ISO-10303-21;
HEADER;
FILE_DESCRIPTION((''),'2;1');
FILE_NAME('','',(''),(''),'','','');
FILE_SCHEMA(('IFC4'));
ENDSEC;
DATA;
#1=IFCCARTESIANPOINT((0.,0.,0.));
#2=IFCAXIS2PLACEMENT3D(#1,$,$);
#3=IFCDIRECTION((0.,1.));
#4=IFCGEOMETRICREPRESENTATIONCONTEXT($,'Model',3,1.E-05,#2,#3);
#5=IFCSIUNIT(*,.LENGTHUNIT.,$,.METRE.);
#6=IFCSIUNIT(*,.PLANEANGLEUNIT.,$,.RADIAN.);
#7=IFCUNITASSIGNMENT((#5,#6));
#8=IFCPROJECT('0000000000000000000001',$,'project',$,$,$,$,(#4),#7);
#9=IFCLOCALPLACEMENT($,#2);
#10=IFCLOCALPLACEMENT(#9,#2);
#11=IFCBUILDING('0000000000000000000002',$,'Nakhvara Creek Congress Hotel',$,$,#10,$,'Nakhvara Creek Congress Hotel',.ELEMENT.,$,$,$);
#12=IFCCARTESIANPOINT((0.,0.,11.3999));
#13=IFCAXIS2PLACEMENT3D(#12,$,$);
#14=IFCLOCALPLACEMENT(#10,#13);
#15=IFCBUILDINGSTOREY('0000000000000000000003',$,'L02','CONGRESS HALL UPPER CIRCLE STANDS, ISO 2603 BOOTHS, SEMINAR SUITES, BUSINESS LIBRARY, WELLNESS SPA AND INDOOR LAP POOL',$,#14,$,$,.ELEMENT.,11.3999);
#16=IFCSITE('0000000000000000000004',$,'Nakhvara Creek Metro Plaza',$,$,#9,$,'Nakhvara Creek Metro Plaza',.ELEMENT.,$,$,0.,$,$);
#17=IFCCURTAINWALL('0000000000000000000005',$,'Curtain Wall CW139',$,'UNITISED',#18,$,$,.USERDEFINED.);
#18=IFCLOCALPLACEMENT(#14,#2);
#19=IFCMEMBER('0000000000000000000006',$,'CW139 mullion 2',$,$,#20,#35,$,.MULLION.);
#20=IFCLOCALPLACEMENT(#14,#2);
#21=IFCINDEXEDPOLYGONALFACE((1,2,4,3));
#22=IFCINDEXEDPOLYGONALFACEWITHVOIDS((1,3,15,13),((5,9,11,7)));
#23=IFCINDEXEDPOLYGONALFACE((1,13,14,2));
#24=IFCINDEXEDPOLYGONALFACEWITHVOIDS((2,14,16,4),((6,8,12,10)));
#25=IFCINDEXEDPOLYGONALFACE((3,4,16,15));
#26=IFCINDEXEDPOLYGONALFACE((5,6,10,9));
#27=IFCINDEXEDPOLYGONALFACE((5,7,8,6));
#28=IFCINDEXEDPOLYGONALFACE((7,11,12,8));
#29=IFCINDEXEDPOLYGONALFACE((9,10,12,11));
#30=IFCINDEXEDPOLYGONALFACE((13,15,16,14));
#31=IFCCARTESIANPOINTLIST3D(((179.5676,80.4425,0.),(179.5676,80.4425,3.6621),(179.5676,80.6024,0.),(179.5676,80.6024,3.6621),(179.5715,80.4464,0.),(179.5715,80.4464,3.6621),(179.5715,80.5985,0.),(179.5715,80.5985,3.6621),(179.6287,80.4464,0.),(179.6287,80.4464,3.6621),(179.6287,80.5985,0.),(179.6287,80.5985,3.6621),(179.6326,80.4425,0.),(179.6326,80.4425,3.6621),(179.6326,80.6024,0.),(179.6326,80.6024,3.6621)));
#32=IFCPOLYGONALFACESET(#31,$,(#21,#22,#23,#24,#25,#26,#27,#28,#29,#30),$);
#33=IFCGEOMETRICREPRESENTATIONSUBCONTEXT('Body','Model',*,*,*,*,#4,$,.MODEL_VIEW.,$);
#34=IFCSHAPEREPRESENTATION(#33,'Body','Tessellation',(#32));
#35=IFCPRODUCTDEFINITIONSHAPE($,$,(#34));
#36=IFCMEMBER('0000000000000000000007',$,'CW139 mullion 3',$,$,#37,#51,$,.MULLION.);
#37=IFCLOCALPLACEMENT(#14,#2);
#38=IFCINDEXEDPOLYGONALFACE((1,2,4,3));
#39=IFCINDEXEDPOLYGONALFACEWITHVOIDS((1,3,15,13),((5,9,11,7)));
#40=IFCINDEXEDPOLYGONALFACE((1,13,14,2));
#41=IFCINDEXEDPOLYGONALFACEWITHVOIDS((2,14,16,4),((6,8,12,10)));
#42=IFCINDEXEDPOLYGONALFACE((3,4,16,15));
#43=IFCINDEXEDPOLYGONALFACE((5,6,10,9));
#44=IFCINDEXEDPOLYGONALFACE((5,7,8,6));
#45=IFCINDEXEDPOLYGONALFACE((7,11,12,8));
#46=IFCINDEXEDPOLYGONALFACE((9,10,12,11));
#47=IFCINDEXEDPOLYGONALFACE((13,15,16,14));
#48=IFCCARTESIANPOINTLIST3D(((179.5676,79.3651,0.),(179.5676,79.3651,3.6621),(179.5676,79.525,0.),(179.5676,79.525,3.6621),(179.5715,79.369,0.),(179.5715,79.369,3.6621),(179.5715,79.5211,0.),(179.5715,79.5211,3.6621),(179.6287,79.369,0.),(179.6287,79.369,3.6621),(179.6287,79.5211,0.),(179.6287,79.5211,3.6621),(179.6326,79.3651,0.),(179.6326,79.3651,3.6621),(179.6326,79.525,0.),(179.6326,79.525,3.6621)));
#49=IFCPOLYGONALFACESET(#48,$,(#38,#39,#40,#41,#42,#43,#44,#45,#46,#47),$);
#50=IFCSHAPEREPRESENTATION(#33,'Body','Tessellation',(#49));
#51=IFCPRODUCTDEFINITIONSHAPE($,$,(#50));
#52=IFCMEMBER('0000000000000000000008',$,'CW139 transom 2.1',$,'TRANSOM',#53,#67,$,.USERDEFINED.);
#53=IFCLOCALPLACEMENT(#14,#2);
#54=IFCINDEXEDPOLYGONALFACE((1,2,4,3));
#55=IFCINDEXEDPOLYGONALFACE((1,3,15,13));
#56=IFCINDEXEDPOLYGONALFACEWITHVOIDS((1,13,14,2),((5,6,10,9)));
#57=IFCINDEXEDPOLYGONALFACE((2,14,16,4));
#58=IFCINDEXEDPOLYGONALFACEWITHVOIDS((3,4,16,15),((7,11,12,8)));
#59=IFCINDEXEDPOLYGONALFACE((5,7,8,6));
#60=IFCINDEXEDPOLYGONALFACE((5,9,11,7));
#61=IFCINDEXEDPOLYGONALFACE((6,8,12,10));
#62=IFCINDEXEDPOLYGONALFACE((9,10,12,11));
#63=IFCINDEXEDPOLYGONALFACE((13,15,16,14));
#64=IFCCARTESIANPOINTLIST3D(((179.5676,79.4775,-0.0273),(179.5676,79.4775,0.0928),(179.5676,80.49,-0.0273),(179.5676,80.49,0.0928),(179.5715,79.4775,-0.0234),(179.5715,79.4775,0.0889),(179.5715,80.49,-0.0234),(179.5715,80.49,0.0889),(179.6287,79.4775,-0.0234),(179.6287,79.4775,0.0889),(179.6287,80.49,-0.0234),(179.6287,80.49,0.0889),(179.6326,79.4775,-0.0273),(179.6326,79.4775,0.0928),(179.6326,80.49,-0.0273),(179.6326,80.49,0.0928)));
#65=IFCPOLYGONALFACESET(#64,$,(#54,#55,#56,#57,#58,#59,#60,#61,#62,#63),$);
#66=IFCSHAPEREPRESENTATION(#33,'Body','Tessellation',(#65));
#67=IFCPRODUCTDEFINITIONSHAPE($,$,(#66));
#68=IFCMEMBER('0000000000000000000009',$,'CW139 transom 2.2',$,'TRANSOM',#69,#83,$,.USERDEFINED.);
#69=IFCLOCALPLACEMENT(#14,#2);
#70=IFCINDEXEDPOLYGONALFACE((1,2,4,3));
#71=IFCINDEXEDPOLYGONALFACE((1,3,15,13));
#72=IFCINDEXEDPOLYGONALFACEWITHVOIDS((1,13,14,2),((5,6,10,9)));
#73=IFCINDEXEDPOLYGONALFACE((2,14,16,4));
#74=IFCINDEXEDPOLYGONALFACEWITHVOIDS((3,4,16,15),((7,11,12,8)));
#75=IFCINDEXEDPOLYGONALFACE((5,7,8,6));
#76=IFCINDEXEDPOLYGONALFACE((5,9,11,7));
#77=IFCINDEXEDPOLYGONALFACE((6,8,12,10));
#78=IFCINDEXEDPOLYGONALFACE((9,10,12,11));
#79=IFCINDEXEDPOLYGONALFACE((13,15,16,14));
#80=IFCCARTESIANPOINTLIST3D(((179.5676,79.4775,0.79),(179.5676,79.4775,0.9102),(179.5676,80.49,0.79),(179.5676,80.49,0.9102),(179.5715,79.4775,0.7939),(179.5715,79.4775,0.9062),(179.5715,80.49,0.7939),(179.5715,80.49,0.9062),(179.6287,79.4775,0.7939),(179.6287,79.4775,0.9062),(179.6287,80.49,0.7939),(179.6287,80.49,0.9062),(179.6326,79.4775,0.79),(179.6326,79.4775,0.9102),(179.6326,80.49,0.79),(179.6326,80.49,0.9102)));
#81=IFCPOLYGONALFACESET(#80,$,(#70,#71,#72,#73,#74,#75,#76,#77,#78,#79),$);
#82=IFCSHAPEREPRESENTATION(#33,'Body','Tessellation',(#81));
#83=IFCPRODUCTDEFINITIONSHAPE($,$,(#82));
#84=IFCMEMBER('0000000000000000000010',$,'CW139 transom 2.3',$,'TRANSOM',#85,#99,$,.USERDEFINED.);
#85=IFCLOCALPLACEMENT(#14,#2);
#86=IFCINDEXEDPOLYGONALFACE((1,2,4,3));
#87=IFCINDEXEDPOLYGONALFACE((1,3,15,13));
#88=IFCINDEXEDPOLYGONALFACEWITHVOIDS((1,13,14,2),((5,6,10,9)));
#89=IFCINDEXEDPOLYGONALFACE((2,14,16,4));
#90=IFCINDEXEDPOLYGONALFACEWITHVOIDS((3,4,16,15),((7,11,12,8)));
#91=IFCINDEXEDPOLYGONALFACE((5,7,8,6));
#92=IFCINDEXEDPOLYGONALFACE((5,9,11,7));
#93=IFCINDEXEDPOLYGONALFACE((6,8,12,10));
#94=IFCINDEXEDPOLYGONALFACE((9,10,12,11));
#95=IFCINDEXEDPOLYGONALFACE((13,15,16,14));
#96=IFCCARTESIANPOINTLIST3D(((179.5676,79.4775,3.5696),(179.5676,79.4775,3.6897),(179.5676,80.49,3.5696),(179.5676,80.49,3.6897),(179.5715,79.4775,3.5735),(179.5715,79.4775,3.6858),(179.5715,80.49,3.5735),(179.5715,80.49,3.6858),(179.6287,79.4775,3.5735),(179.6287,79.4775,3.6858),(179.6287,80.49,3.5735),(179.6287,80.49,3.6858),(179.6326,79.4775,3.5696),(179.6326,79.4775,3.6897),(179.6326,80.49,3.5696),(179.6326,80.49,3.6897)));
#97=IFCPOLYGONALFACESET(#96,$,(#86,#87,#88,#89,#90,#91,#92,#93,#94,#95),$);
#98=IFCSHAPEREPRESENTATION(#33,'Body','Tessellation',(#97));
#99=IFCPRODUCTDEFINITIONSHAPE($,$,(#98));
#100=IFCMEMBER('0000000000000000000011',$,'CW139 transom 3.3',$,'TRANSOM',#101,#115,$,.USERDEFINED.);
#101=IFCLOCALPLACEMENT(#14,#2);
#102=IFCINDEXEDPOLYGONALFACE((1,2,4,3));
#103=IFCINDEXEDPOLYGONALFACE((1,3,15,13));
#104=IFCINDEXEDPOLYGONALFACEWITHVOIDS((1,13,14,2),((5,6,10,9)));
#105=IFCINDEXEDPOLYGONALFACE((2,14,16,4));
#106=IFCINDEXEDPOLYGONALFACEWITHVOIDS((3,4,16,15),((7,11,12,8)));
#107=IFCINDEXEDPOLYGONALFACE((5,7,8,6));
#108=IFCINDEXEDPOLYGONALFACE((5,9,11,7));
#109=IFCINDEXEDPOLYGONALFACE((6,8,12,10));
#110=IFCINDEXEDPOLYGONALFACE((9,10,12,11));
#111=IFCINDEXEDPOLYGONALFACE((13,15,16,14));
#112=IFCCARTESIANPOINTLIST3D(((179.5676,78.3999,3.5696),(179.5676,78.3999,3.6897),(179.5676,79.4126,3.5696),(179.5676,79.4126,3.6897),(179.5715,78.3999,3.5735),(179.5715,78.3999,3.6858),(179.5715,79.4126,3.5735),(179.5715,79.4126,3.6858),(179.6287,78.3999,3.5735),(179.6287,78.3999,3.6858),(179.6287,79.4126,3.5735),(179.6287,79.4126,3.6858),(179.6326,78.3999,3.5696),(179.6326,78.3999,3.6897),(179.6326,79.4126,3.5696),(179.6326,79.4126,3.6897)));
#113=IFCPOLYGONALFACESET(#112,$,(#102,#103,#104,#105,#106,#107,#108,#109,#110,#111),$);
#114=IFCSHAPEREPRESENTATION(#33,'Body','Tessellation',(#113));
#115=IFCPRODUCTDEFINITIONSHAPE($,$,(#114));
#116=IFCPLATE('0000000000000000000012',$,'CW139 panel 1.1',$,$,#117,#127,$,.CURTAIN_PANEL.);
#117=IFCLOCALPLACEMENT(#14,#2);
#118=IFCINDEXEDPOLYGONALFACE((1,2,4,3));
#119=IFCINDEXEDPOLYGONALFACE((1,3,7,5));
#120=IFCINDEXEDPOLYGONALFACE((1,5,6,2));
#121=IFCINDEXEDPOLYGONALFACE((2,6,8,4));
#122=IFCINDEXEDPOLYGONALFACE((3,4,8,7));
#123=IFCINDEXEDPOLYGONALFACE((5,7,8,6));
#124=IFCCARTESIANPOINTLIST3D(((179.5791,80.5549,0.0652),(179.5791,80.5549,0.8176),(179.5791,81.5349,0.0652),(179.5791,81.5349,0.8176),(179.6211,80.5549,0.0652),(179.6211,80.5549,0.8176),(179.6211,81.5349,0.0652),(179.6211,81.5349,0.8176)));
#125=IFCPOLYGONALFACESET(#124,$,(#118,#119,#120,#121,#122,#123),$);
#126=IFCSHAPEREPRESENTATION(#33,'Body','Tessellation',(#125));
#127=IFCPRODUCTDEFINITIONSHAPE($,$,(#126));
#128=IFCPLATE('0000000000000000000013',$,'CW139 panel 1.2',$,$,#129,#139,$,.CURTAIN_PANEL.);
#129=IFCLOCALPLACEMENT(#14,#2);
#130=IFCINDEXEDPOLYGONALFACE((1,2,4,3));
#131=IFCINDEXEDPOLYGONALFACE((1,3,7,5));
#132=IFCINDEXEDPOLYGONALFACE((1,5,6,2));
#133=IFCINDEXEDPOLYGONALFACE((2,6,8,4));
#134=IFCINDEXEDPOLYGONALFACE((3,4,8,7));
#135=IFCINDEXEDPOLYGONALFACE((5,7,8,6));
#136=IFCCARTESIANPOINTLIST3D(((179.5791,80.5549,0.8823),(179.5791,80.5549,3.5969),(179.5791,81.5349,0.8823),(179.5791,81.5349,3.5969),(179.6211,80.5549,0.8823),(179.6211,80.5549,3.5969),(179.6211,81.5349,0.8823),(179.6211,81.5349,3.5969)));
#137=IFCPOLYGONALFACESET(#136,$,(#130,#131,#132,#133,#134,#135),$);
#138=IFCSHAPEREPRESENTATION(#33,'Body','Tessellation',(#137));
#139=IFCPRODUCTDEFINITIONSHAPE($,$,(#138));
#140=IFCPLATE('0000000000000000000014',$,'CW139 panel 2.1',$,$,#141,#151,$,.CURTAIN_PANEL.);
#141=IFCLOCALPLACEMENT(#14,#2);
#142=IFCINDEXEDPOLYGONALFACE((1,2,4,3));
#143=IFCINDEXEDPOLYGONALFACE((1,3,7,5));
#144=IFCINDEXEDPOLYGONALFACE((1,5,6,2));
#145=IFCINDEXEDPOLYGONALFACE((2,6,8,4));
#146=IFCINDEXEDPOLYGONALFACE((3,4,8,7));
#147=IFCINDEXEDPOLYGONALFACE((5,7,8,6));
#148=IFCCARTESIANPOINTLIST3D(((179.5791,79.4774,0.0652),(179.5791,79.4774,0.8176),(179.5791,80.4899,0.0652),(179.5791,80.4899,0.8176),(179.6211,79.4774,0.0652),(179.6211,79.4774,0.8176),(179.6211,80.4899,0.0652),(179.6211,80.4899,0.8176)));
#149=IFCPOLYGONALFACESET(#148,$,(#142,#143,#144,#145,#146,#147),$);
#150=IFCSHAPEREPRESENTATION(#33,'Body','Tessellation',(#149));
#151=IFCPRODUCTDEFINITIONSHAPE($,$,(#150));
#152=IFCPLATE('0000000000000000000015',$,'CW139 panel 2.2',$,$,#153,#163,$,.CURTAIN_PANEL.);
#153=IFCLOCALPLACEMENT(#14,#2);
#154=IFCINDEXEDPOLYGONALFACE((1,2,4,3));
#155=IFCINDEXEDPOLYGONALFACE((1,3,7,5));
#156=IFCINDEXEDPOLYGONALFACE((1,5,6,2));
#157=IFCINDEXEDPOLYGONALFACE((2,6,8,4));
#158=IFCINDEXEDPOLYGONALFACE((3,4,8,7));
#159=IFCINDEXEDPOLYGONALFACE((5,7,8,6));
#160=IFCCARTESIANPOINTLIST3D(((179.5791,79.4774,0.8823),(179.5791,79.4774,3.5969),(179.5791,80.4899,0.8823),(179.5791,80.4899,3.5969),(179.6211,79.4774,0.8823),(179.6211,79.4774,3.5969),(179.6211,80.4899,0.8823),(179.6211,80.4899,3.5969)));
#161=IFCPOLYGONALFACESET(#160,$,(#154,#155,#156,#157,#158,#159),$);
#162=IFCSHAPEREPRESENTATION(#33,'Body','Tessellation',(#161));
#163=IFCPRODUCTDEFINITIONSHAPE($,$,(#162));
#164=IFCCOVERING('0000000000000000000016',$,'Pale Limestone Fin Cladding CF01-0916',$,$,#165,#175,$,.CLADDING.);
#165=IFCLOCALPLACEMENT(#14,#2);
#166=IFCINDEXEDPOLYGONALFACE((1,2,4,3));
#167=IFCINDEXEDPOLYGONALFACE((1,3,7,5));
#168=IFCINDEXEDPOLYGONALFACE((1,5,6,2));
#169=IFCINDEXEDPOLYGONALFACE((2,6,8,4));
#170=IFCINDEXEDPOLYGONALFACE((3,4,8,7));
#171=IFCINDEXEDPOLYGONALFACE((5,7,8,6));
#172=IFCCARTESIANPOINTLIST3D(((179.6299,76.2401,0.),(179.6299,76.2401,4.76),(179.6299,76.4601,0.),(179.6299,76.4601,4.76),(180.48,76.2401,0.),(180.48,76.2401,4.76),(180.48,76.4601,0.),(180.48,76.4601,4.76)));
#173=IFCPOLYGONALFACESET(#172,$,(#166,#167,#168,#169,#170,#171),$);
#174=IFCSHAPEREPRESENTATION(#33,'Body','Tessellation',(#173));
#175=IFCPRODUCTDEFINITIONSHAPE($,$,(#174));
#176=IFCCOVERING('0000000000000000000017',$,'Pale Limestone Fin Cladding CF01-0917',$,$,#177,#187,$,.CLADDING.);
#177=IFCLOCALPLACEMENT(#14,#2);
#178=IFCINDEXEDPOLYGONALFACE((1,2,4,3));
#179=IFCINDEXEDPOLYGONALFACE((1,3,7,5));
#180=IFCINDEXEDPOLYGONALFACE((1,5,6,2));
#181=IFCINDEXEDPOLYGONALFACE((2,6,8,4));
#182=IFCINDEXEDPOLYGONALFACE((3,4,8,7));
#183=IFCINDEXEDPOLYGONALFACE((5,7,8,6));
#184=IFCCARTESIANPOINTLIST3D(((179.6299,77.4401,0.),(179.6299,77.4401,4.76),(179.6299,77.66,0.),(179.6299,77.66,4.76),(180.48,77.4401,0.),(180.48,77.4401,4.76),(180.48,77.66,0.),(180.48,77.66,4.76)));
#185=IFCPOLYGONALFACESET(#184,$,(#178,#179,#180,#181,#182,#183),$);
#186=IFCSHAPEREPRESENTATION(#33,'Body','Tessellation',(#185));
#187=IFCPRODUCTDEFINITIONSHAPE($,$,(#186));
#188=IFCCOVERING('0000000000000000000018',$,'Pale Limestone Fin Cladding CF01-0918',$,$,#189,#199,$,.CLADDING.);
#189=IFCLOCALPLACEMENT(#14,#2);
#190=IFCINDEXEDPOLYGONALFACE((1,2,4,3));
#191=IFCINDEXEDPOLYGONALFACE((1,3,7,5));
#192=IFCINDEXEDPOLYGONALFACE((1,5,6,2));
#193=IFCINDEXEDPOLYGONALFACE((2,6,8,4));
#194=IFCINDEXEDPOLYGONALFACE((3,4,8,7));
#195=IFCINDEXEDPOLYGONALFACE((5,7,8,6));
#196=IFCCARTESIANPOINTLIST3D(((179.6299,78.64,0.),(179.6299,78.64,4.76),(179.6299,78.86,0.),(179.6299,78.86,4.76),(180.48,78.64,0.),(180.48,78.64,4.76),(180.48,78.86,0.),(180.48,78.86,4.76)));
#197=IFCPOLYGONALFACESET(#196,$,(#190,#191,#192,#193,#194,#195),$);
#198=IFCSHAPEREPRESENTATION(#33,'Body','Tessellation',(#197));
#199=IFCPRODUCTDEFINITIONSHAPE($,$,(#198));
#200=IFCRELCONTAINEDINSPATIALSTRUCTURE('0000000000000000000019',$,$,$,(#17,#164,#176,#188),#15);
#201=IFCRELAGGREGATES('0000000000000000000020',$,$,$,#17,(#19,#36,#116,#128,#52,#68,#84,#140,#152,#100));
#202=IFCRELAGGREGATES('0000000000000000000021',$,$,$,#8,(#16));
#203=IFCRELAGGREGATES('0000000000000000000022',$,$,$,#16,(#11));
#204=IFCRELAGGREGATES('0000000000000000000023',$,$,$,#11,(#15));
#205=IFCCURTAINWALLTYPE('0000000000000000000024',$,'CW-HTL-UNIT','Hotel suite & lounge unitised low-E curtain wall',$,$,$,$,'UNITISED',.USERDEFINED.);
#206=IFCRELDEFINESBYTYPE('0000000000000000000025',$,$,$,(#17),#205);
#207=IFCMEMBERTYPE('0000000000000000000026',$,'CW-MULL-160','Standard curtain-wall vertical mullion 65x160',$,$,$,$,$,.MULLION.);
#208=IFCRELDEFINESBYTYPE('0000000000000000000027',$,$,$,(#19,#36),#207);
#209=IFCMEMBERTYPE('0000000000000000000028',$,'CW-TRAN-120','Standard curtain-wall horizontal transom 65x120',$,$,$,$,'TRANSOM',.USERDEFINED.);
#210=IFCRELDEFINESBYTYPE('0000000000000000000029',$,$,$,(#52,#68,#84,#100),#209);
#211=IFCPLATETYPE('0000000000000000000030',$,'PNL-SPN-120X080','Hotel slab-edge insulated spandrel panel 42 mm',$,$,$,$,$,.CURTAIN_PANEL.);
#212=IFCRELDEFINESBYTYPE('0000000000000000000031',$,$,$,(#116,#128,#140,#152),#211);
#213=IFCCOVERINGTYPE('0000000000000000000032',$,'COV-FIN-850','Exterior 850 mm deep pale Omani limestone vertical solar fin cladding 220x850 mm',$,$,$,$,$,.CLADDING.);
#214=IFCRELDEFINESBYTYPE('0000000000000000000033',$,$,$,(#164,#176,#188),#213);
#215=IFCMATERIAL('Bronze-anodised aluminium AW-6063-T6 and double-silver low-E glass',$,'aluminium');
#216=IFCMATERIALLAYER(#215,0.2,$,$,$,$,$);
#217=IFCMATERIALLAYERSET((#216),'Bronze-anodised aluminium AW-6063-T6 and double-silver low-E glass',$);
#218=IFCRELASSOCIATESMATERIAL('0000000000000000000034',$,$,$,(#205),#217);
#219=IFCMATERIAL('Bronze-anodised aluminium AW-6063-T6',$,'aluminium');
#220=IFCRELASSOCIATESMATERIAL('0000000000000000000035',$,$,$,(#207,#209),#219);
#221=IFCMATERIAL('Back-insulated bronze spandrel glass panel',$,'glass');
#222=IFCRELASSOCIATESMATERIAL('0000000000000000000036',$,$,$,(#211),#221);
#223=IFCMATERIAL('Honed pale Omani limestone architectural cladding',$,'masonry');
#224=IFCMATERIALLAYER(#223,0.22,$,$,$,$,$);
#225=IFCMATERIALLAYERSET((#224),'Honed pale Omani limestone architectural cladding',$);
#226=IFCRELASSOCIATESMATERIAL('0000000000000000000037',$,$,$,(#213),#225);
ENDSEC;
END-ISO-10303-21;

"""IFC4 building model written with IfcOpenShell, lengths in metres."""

from ifc_helpers import new_model, si_unit, direction, frame, origin, origin_2d, place, context, subcontext, project, spatial, rectangle, hollow_rectangle, extrude, material, layer, layer_set, material_profile, profile_set, type_object, element, aggregate, save


model = new_model("IFC4")

# Units and contexts
model_context = context("Model", 3, precision=1e-05, world=origin(), true_north=direction((0.0, 1.0)))
body_context = subcontext(model_context, "Body", "Model", "MODEL_VIEW")
ifc_project = project(units=[si_unit("LENGTHUNIT", "METRE"), si_unit("PLANEANGLEUNIT", "RADIAN")], contexts=[model_context])

# Site, building, storey
site_placement = place(None, origin())
site = spatial("IfcSite", under=ifc_project, at=site_placement, Name="Nakhvara Creek Metro Plaza", LongName="Nakhvara Creek Metro Plaza", CompositionType="ELEMENT", RefElevation=0.0)
building_placement = place(site_placement, origin())
building = spatial("IfcBuilding", under=site, at=building_placement, Name="Nakhvara Creek Congress Hotel", LongName="Nakhvara Creek Congress Hotel", CompositionType="ELEMENT")
storey_placement = place(building_placement, frame((0.0, 0.0, 11.3999)))
storey = spatial("IfcBuildingStorey", under=building, at=storey_placement, Name="L02", Description="CONGRESS HALL UPPER CIRCLE STANDS, ISO 2603 BOOTHS, SEMINAR SUITES, BUSINESS LIBRARY, WELLNESS SPA AND INDOOR LAP POOL", CompositionType="ELEMENT", Elevation=11.3999)

# Curtain wall, members, plates
ifc_material_1 = material(Name="Bronze-anodised aluminium AW-6063-T6 and double-silver low-E glass", Category="aluminium")
ifc_layer_1 = layer(ifc_material_1, 0.2)
ifc_layer_set_1 = layer_set([ifc_layer_1], Name="Bronze-anodised aluminium AW-6063-T6 and double-silver low-E glass")
curtain_wall_type = type_object("IfcCurtainWallType", Name="CW-HTL-UNIT", Description="Hotel suite & lounge unitised low-E curtain wall", ElementType="UNITISED", PredefinedType="USERDEFINED", material=ifc_layer_set_1)
curtain_wall_placement = place(storey_placement, origin())
curtain_wall = element("IfcCurtainWall", 1, at=curtain_wall_placement, inside=storey, type_object=curtain_wall_type, Name="Curtain Wall CW139", ObjectType="UNITISED", PredefinedType="USERDEFINED")
ifc_material_2 = material(Name="Bronze-anodised aluminium AW-6063-T6", Category="aluminium")
ifc_material_profile_1 = material_profile(ifc_material_2, hollow_rectangle(XDim=0.0649, YDim=0.1599, WallThickness=0.0039, at=origin_2d()), Name="ALU-MULL 65x160x4", Category="LoadBearing")
ifc_profile_set_1 = profile_set([ifc_material_profile_1], Name="Bronze-anodised aluminium AW-6063-T6")
member_type_1 = type_object("IfcMemberType", Name="CW-MULL-160", Description="Standard curtain-wall vertical mullion 65x160", PredefinedType="MULLION", material=ifc_profile_set_1)
member_1_placement = place(storey_placement, frame((179.6001, 80.5225, 0.0), z_axis=(0.0, 0.0, 1.0), x_axis=(1.0, 0.0, 0.0)))
member_1 = element("IfcMember", 2, at=member_1_placement, type_object=member_type_1, Name="CW139 mullion 2", PredefinedType="MULLION", context=body_context, shape_type="SweptSolid", body=[
    extrude(hollow_rectangle(XDim=0.0649, YDim=0.1599, WallThickness=0.0039, at=origin_2d()), origin(), (0.0, 0.0, 1.0), 3.6621),
])
member_2_placement = place(storey_placement, frame((179.6001, 79.4451, 0.0), z_axis=(0.0, 0.0, 1.0), x_axis=(1.0, 0.0, 0.0)))
member_2 = element("IfcMember", 3, at=member_2_placement, type_object=member_type_1, Name="CW139 mullion 3", PredefinedType="MULLION", context=body_context, shape_type="SweptSolid", body=[
    extrude(hollow_rectangle(XDim=0.0649, YDim=0.1599, WallThickness=0.0039, at=origin_2d()), origin(), (0.0, 0.0, 1.0), 3.6621),
])
ifc_material_profile_2 = material_profile(ifc_material_2, hollow_rectangle(XDim=0.0649, YDim=0.1201, WallThickness=0.0039, at=origin_2d()), Name="ALU-TRAN 65x120x4", Category="LoadBearing")
ifc_profile_set_2 = profile_set([ifc_material_profile_2], Name="Bronze-anodised aluminium AW-6063-T6")
member_type_2 = type_object("IfcMemberType", Name="CW-TRAN-120", Description="Standard curtain-wall horizontal transom 65x120", ElementType="TRANSOM", PredefinedType="USERDEFINED", material=ifc_profile_set_2)
member_3_placement = place(storey_placement, frame((179.6001, 80.49, 0.0327), z_axis=(0.0, -1.0, 0.0), x_axis=(1.0, 0.0, 0.0)))
member_3 = element("IfcMember", 4, at=member_3_placement, type_object=member_type_2, Name="CW139 transom 2.1", ObjectType="TRANSOM", PredefinedType="USERDEFINED", context=body_context, shape_type="SweptSolid", body=[
    extrude(hollow_rectangle(XDim=0.0649, YDim=0.1201, WallThickness=0.0039, at=origin_2d()), origin(), (0.0, 0.0, 1.0), 1.0125),
])
member_4_placement = place(storey_placement, frame((179.6001, 80.49, 0.8501), z_axis=(0.0, -1.0, 0.0), x_axis=(1.0, 0.0, 0.0)))
member_4 = element("IfcMember", 5, at=member_4_placement, type_object=member_type_2, Name="CW139 transom 2.2", ObjectType="TRANSOM", PredefinedType="USERDEFINED", context=body_context, shape_type="SweptSolid", body=[
    extrude(hollow_rectangle(XDim=0.0649, YDim=0.1201, WallThickness=0.0039, at=origin_2d()), origin(), (0.0, 0.0, 1.0), 1.0125),
])
member_5_placement = place(storey_placement, frame((179.6001, 80.49, 3.6296), z_axis=(0.0, -1.0, 0.0), x_axis=(1.0, 0.0, 0.0)))
member_5 = element("IfcMember", 6, at=member_5_placement, type_object=member_type_2, Name="CW139 transom 2.3", ObjectType="TRANSOM", PredefinedType="USERDEFINED", context=body_context, shape_type="SweptSolid", body=[
    extrude(hollow_rectangle(XDim=0.0649, YDim=0.1201, WallThickness=0.0039, at=origin_2d()), origin(), (0.0, 0.0, 1.0), 1.0125),
])
member_6_placement = place(storey_placement, frame((179.6001, 79.4126, 3.6296), z_axis=(0.0, -1.0, 0.0), x_axis=(1.0, 0.0, 0.0)))
member_6 = element("IfcMember", 7, at=member_6_placement, type_object=member_type_2, Name="CW139 transom 3.3", ObjectType="TRANSOM", PredefinedType="USERDEFINED", context=body_context, shape_type="SweptSolid", body=[
    extrude(hollow_rectangle(XDim=0.0649, YDim=0.1201, WallThickness=0.0039, at=origin_2d()), origin(), (0.0, 0.0, 1.0), 1.0127),
])
ifc_material_3 = material(Name="Back-insulated bronze spandrel glass panel", Category="glass")
plate_type = type_object("IfcPlateType", Name="PNL-SPN-120X080", Description="Hotel slab-edge insulated spandrel panel 42 mm", PredefinedType="CURTAIN_PANEL", material=ifc_material_3)
plate_1_placement = place(storey_placement, frame((179.6001, 81.0449, 0.0652), z_axis=(0.0, 0.0, 1.0), x_axis=(0.0, -1.0, 0.0)))
plate_1 = element("IfcPlate", 8, at=plate_1_placement, type_object=plate_type, Name="CW139 panel 1.1", PredefinedType="CURTAIN_PANEL", context=body_context, shape_type="SweptSolid", body=[
    extrude(rectangle(XDim=0.98, YDim=0.042, at=origin_2d()), origin(), (0.0, 0.0, 1.0), 0.7524),
])
plate_2_placement = place(storey_placement, frame((179.6001, 81.0449, 0.8823), z_axis=(0.0, 0.0, 1.0), x_axis=(0.0, -1.0, 0.0)))
plate_2 = element("IfcPlate", 9, at=plate_2_placement, type_object=plate_type, Name="CW139 panel 1.2", PredefinedType="CURTAIN_PANEL", context=body_context, shape_type="SweptSolid", body=[
    extrude(rectangle(XDim=0.98, YDim=0.042, at=origin_2d()), origin(), (0.0, 0.0, 1.0), 2.7146),
])
plate_3_placement = place(storey_placement, frame((179.6001, 79.9836, 0.0652), z_axis=(0.0, 0.0, 1.0), x_axis=(0.0, -1.0, 0.0)))
plate_3 = element("IfcPlate", 10, at=plate_3_placement, type_object=plate_type, Name="CW139 panel 2.1", PredefinedType="CURTAIN_PANEL", context=body_context, shape_type="SweptSolid", body=[
    extrude(rectangle(XDim=1.0125, YDim=0.042, at=origin_2d()), origin(), (0.0, 0.0, 1.0), 0.7524),
])
plate_4_placement = place(storey_placement, frame((179.6001, 79.9836, 0.8823), z_axis=(0.0, 0.0, 1.0), x_axis=(0.0, -1.0, 0.0)))
plate_4 = element("IfcPlate", 11, at=plate_4_placement, type_object=plate_type, Name="CW139 panel 2.2", PredefinedType="CURTAIN_PANEL", context=body_context, shape_type="SweptSolid", body=[
    extrude(rectangle(XDim=1.0125, YDim=0.042, at=origin_2d()), origin(), (0.0, 0.0, 1.0), 2.7146),
])
aggregate(curtain_wall, [member_1, member_2, plate_1, plate_2, member_3, member_4, member_5, plate_3, plate_4, member_6])

# Coverings
ifc_material_4 = material(Name="Honed pale Omani limestone architectural cladding", Category="masonry")
ifc_layer_2 = layer(ifc_material_4, 0.22)
ifc_layer_set_2 = layer_set([ifc_layer_2], Name="Honed pale Omani limestone architectural cladding")
covering_type = type_object("IfcCoveringType", Name="COV-FIN-850", Description="Exterior 850 mm deep pale Omani limestone vertical solar fin cladding 220x850 mm", PredefinedType="CLADDING", material=ifc_layer_set_2)
for number, where, z_axis, x_axis, name in (
    (12, (180.0549, 76.3501, 0.0), (0.0, 0.0, 1.0), (0.0, 1.0, 0.0), "Pale Limestone Fin Cladding CF01-0916"),
    (13, (180.0549, 77.55, 0.0), (0.0, 0.0, 1.0), (0.0, 1.0, 0.0), "Pale Limestone Fin Cladding CF01-0917"),
    (14, (180.0549, 78.75, 0.0), (0.0, 0.0, 1.0), (0.0, 1.0, 0.0), "Pale Limestone Fin Cladding CF01-0918"),
):
    element("IfcCovering", number, at=place(storey_placement, frame(where, z_axis=z_axis, x_axis=x_axis)), inside=storey, type_object=covering_type, Name=name, PredefinedType="CLADDING", context=body_context, shape_type="SweptSolid", body=[
        extrude(rectangle(XDim=0.22, YDim=0.8501, at=origin_2d()), origin(), (0.0, 0.0, 1.0), 4.76),
    ])

save(model, "model.ifc")
